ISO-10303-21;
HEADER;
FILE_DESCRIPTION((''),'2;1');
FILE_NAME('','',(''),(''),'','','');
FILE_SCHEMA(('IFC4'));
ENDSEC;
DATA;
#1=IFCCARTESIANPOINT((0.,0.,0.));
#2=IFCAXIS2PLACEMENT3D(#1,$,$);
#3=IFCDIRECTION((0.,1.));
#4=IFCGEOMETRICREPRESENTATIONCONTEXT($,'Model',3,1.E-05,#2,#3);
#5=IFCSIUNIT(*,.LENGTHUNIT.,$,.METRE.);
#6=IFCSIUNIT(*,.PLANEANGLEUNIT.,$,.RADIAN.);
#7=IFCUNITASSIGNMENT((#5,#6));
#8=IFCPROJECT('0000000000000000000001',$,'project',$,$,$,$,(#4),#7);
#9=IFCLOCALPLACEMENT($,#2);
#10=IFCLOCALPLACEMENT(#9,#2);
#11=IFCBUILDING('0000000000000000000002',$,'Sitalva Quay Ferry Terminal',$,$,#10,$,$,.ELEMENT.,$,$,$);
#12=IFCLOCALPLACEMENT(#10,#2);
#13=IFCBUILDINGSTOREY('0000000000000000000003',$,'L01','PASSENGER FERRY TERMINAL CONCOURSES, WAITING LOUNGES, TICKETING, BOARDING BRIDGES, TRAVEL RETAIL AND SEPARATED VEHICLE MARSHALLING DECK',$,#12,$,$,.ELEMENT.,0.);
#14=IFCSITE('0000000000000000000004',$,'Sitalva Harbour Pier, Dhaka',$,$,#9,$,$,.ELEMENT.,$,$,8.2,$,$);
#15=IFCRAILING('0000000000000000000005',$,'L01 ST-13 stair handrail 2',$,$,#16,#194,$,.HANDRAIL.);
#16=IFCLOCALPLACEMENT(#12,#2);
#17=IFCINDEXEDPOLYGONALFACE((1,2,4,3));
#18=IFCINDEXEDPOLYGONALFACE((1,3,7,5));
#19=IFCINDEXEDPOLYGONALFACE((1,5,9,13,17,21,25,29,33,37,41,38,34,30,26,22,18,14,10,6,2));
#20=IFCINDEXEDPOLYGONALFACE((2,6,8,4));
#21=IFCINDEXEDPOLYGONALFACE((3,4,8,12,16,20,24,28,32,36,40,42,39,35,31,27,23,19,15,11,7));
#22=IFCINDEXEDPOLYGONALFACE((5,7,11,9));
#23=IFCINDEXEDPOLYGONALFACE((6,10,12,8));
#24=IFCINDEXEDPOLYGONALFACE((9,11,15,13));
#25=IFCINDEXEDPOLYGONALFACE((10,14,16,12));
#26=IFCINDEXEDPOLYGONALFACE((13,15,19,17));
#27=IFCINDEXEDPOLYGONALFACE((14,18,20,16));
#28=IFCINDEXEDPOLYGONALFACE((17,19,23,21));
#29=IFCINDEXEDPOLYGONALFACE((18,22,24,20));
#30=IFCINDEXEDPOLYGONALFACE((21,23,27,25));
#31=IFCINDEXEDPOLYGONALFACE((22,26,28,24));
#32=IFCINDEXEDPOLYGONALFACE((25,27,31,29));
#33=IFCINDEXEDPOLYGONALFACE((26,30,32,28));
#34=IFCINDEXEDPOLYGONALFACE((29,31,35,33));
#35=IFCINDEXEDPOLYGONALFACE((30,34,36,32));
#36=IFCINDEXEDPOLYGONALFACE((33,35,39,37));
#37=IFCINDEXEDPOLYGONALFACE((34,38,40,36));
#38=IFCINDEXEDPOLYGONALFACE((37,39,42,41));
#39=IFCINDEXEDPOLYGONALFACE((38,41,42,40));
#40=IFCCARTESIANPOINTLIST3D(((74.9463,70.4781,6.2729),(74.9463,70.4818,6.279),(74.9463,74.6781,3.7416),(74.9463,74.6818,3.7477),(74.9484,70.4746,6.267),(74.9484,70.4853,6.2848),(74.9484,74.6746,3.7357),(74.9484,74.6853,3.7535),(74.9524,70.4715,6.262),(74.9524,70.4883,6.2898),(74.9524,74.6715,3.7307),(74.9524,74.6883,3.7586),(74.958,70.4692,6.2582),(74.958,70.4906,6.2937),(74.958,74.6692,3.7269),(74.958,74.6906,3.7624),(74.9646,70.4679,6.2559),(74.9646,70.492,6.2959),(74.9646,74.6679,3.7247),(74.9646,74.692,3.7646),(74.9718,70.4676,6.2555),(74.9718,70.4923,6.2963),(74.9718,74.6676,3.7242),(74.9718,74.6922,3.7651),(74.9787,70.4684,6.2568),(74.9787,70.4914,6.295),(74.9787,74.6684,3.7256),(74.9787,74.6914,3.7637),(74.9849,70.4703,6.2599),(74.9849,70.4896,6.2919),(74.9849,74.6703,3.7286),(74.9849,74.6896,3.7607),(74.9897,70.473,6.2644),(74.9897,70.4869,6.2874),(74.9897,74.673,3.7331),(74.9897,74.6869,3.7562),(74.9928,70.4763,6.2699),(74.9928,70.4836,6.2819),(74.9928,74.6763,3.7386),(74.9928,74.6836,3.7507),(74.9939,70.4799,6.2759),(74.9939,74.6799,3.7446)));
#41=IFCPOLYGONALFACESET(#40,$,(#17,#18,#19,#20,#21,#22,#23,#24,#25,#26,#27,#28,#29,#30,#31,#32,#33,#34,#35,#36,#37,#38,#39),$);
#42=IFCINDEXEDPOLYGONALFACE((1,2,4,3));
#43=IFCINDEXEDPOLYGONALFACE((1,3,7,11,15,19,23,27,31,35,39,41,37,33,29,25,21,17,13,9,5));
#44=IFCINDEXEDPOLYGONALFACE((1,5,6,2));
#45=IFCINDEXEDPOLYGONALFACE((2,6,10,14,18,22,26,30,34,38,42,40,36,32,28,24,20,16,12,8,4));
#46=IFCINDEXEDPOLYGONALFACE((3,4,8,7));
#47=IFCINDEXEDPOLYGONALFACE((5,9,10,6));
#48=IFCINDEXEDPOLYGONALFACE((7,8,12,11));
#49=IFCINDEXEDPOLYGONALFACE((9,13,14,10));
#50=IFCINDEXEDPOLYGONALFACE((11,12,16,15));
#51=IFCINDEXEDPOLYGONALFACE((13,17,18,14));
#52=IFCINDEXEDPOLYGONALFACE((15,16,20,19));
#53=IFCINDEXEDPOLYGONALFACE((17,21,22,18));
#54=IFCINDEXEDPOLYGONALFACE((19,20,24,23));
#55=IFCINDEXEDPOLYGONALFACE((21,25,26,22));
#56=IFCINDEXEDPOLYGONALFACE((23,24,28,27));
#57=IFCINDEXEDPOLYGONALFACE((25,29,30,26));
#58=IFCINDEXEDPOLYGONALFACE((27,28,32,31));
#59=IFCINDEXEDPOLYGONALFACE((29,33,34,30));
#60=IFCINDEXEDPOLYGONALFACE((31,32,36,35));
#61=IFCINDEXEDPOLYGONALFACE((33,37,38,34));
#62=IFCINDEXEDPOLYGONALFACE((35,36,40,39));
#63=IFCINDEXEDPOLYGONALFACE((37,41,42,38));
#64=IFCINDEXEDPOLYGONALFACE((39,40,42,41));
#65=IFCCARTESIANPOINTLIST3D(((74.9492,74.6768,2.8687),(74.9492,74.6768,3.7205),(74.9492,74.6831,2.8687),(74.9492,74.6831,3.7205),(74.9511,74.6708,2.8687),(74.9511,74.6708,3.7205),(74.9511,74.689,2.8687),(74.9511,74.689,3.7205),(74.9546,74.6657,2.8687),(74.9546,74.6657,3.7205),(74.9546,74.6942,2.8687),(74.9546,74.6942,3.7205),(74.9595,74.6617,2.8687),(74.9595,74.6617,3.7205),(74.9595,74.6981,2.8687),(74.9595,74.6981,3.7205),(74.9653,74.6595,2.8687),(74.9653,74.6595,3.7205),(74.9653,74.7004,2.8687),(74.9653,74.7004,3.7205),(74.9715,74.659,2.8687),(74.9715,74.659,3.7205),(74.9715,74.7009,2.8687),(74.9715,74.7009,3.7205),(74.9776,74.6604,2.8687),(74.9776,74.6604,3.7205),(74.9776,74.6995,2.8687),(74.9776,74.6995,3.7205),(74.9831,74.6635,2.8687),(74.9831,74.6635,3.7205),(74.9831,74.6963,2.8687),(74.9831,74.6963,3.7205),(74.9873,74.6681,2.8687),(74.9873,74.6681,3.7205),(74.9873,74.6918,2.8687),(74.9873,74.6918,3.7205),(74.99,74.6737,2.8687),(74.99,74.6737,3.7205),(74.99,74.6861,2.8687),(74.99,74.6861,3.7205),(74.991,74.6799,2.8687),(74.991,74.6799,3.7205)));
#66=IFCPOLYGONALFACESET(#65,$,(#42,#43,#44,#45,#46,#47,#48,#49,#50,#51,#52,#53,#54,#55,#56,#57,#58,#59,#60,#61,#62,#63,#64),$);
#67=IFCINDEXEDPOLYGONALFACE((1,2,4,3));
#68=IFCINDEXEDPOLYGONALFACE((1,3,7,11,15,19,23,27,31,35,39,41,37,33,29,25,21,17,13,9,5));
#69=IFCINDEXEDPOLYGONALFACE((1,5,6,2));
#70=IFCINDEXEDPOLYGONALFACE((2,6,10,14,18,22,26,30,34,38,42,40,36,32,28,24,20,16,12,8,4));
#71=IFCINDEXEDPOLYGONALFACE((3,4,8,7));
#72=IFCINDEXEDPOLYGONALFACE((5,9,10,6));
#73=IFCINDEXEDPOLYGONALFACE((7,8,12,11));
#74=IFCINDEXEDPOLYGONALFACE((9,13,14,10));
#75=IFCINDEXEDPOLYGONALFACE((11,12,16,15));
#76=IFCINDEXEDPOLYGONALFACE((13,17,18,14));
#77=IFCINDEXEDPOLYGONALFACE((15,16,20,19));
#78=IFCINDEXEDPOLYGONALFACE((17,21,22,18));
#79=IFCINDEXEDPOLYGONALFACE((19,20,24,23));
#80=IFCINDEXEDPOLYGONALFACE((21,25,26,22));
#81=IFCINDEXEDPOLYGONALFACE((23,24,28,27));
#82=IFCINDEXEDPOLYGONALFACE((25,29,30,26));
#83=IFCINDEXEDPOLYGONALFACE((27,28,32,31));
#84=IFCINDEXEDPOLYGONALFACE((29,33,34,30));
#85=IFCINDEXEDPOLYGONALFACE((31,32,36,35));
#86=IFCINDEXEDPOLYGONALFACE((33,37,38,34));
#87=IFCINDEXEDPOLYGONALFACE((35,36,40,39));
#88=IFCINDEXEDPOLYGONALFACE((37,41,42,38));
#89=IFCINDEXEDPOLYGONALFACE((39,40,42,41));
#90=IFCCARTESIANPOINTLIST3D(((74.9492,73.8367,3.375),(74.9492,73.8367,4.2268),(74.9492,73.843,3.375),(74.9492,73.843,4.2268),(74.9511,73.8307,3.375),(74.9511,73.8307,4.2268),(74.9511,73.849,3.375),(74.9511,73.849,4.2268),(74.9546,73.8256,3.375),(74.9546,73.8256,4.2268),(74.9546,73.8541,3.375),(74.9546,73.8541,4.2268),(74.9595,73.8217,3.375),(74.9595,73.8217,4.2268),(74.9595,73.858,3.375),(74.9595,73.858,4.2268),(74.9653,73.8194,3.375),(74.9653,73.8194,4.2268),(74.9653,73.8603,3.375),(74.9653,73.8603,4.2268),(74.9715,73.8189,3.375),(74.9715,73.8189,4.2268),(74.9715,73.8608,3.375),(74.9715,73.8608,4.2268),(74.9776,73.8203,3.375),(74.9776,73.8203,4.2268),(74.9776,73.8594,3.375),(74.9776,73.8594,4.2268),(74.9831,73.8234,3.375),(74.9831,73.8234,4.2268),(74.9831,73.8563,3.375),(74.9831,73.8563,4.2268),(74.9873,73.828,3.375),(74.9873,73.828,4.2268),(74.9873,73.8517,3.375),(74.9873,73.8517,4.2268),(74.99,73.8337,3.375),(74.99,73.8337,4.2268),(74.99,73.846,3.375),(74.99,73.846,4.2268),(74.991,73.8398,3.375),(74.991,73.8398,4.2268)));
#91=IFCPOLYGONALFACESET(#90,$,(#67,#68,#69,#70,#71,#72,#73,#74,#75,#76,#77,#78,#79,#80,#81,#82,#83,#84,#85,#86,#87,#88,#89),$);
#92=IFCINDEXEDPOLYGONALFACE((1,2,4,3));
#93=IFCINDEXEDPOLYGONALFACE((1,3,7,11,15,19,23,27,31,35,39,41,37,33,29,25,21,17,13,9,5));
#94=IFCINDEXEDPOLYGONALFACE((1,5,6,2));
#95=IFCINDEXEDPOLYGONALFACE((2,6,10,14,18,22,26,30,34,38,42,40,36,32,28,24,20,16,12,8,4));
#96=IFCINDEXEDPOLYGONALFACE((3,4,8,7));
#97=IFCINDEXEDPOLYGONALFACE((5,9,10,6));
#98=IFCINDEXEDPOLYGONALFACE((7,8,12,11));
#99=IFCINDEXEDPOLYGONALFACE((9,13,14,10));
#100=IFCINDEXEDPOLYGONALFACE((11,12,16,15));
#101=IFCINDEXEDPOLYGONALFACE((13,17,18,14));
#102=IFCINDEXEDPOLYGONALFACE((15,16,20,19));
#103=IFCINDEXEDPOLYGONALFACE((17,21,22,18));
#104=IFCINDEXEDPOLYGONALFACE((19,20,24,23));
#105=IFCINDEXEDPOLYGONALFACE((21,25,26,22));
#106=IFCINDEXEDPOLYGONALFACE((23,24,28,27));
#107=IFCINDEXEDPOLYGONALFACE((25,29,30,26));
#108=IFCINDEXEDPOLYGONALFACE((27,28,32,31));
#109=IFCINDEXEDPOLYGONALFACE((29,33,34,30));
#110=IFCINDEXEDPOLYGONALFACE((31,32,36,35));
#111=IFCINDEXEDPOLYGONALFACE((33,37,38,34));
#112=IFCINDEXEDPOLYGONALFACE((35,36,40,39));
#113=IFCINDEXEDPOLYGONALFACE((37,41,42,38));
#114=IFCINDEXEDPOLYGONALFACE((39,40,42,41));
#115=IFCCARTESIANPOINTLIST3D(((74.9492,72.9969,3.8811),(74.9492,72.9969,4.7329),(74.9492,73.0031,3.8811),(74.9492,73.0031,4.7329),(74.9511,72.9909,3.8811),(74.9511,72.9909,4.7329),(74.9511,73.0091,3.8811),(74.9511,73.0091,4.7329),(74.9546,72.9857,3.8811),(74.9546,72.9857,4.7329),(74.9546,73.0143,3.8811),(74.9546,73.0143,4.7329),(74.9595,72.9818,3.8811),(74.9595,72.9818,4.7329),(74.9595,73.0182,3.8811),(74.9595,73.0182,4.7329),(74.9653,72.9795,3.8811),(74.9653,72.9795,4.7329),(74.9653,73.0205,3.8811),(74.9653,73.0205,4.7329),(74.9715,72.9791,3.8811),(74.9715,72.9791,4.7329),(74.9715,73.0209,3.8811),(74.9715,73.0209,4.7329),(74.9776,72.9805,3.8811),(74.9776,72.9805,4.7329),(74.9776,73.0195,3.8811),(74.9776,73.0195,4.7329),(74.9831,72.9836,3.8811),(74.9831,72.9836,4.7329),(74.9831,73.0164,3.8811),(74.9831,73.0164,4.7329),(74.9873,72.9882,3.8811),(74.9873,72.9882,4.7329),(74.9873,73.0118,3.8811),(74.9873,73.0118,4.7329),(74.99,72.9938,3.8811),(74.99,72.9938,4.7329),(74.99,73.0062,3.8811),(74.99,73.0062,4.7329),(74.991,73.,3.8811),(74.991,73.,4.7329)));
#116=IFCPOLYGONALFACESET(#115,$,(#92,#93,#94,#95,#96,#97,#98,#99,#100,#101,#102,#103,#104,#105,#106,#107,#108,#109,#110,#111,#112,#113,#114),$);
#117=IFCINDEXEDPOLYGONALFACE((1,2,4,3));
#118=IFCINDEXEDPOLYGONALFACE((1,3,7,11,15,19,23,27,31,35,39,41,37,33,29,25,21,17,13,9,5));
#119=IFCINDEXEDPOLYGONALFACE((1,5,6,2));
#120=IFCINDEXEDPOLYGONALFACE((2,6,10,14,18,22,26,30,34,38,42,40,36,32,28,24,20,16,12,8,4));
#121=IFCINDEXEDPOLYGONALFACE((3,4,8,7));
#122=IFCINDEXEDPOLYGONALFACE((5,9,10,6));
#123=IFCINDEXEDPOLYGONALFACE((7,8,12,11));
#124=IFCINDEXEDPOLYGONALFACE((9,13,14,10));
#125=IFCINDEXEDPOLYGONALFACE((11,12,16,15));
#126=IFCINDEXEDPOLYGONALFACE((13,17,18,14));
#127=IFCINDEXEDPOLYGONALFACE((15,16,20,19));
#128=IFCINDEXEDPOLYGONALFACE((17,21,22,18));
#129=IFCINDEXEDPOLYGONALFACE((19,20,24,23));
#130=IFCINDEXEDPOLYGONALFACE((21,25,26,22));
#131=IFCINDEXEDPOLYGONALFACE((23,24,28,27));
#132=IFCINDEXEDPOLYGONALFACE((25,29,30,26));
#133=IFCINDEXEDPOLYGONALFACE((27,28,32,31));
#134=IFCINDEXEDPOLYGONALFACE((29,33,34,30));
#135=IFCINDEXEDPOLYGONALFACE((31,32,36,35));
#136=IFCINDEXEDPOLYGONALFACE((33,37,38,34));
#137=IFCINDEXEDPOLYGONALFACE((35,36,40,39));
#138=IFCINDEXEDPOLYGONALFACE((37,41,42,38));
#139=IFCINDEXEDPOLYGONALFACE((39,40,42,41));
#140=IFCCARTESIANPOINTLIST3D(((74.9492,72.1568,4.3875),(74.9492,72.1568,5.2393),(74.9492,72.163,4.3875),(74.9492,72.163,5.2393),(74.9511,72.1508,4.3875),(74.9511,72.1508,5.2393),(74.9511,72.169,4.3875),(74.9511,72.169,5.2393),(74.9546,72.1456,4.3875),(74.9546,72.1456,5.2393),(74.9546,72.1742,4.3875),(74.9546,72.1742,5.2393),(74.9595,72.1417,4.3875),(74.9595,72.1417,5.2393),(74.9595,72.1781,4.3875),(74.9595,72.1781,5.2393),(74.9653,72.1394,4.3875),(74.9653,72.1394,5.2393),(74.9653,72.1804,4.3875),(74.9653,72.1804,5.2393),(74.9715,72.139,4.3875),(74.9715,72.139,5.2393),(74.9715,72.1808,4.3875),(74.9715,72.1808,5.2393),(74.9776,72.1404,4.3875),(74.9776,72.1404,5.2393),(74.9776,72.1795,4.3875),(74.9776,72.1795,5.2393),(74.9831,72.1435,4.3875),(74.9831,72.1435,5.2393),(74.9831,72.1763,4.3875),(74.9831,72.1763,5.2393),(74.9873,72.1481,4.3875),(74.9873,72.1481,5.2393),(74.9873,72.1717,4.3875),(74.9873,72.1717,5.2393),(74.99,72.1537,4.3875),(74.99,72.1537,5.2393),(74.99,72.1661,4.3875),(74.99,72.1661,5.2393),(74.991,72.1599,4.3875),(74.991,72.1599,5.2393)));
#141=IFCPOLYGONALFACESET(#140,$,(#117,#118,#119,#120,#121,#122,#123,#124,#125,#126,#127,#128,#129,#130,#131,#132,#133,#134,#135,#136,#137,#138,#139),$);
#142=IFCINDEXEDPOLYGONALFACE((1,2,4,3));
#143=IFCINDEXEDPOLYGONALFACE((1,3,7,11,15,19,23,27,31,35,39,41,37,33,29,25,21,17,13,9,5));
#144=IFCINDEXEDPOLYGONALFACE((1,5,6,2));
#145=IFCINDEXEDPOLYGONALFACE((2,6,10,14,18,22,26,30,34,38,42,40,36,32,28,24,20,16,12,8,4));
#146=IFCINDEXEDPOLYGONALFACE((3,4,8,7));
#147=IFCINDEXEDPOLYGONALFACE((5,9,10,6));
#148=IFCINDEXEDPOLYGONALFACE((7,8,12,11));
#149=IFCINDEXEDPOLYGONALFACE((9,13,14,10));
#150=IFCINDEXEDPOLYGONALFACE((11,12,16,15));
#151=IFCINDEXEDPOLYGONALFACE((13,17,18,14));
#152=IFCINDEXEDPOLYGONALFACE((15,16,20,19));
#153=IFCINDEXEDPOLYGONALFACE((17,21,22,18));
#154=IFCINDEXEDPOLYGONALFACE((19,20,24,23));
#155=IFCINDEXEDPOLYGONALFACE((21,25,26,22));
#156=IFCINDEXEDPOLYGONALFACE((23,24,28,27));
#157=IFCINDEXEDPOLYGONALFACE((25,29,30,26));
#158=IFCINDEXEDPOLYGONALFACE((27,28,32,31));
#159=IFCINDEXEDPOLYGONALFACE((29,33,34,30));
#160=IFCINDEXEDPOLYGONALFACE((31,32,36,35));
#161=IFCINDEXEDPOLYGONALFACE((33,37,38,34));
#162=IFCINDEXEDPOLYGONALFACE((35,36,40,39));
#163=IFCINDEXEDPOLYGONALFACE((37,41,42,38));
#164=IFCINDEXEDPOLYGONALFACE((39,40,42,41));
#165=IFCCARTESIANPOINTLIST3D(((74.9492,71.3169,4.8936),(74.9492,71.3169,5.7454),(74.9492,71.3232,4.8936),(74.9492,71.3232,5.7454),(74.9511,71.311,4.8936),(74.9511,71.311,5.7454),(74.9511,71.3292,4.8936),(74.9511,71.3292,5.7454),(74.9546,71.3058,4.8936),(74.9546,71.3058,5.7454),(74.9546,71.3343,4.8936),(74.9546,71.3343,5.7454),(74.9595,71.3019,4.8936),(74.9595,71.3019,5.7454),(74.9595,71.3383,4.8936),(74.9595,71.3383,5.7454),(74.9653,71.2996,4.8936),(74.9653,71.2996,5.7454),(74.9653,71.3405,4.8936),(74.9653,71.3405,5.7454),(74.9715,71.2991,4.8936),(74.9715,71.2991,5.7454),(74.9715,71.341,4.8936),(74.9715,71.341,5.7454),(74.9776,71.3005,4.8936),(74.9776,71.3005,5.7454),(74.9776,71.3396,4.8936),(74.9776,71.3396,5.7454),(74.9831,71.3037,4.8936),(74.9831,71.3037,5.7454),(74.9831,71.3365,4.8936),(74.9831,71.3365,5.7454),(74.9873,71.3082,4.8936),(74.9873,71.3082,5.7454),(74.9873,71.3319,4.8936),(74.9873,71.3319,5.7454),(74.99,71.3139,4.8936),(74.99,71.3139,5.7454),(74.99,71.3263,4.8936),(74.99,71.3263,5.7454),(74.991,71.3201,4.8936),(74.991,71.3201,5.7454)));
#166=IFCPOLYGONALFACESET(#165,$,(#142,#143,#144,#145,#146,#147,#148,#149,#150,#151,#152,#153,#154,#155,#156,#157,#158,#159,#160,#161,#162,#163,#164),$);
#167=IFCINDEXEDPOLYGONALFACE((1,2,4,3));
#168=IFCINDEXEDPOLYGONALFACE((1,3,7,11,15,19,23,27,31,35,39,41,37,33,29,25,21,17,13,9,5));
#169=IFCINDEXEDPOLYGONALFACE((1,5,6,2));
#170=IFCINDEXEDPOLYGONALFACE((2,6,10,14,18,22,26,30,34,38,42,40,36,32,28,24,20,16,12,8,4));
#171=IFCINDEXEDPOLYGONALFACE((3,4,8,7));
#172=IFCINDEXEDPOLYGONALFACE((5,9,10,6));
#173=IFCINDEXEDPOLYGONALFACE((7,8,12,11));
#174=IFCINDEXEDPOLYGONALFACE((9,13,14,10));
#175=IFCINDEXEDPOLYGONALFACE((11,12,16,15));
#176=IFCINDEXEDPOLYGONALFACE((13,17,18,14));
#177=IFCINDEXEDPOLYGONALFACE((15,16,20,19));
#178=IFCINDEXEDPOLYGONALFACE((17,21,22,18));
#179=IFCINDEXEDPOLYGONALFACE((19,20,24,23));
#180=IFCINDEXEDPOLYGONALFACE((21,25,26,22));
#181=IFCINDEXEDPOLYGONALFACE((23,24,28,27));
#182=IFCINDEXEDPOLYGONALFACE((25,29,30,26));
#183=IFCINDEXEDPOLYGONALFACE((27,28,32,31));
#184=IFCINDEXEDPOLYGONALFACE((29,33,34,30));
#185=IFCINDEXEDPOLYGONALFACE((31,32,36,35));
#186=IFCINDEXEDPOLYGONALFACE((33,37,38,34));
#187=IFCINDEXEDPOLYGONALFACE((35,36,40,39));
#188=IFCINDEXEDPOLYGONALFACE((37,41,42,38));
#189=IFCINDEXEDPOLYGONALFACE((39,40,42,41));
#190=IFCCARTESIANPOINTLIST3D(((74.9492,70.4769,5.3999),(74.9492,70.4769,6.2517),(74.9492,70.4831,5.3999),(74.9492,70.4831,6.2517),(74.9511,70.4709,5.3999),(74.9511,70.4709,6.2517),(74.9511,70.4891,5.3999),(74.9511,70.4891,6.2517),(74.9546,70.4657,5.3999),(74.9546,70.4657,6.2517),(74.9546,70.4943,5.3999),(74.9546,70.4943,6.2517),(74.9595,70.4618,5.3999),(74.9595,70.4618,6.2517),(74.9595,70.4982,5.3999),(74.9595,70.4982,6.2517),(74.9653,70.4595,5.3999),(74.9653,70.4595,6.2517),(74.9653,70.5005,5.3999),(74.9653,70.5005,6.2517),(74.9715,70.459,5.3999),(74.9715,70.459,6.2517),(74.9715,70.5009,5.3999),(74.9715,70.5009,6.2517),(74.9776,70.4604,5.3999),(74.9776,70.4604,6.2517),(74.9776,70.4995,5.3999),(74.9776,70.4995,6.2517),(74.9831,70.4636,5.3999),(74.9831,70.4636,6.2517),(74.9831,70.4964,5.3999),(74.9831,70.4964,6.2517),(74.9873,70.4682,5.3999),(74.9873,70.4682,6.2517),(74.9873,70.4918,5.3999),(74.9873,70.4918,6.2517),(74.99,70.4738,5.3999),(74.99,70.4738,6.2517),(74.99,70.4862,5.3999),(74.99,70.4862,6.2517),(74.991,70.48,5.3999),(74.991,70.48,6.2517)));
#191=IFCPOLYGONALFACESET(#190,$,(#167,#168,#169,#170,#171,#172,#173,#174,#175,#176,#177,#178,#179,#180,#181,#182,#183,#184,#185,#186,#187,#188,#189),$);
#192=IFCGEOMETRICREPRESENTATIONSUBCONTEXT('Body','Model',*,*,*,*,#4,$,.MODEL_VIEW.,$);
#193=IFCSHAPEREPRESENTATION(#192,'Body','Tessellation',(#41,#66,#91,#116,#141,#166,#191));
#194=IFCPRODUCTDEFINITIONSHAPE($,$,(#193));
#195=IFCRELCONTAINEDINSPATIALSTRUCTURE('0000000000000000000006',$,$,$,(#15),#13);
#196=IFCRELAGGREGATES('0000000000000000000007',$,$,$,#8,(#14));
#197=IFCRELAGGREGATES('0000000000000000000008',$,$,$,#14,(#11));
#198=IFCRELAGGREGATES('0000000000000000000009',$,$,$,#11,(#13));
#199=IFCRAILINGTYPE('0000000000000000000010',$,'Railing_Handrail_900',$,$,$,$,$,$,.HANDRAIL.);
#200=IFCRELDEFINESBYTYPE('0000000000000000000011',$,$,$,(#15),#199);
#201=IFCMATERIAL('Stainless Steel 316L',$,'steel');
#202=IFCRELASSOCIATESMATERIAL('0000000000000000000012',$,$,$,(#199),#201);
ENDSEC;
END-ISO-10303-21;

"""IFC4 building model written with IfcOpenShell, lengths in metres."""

from ifc_helpers import new_model, si_unit, direction, frame, origin, origin_2d, place, context, subcontext, project, spatial, circle, extrude, material, type_object, element, save


model = new_model("IFC4")

# Units and contexts
model_context = context("Model", 3, precision=1e-05, world=origin(), true_north=direction((0.0, 1.0)))
body_context = subcontext(model_context, "Body", "Model", "MODEL_VIEW")
ifc_project = project(units=[si_unit("LENGTHUNIT", "METRE"), si_unit("PLANEANGLEUNIT", "RADIAN")], contexts=[model_context])

# Site, building, storey
site_placement = place(None, origin())
site = spatial("IfcSite", under=ifc_project, at=site_placement, Name="Sitalva Harbour Pier, Dhaka", CompositionType="ELEMENT", RefElevation=8.2)
building_placement = place(site_placement, origin())
building = spatial("IfcBuilding", under=site, at=building_placement, Name="Sitalva Quay Ferry Terminal", CompositionType="ELEMENT")
storey_placement = place(building_placement, origin())
storey = spatial("IfcBuildingStorey", under=building, at=storey_placement, Name="L01", Description="PASSENGER FERRY TERMINAL CONCOURSES, WAITING LOUNGES, TICKETING, BOARDING BRIDGES, TRAVEL RETAIL AND SEPARATED VEHICLE MARSHALLING DECK", CompositionType="ELEMENT", Elevation=0.0)

# Railing
ifc_material_1 = material(Name="Stainless Steel 316L", Category="steel")
railing_type = type_object("IfcRailingType", Name="Railing_Handrail_900", PredefinedType="HANDRAIL", material=ifc_material_1)
railing_placement = place(storey_placement, frame((74.97, 74.6799, 2.8687)))
element("IfcRailing", 1, at=railing_placement, inside=storey, type_object=railing_type, Name="L01 ST-13 stair handrail 2", PredefinedType="HANDRAIL", context=body_context, shape_type="SweptSolid", body=[
    extrude(circle(Radius=0.0239, at=origin_2d()), frame((0.0, 0.0, 0.876), z_axis=(0.0, -0.856476, 0.516186), x_axis=(1.0, 0.0, 0.0)), (0.0, 0.0, 1.0), 4.9038),
    extrude(circle(Radius=0.021, at=origin_2d()), origin(), (0.0, 0.0, 1.0), 0.8518),
    extrude(circle(Radius=0.021, at=origin_2d()), frame((0.0, -0.8401, 0.5063)), (0.0, 0.0, 1.0), 0.8518),
    extrude(circle(Radius=0.021, at=origin_2d()), frame((0.0, -1.6799, 1.0125)), (0.0, 0.0, 1.0), 0.8518),
    extrude(circle(Radius=0.021, at=origin_2d()), frame((0.0, -2.52, 1.5188)), (0.0, 0.0, 1.0), 0.8518),
    extrude(circle(Radius=0.021, at=origin_2d()), frame((0.0, -3.3599, 2.0249)), (0.0, 0.0, 1.0), 0.8518),
    extrude(circle(Radius=0.021, at=origin_2d()), frame((0.0, -4.2, 2.5312)), (0.0, 0.0, 1.0), 0.8518),
])

save(model, "model.ifc")
